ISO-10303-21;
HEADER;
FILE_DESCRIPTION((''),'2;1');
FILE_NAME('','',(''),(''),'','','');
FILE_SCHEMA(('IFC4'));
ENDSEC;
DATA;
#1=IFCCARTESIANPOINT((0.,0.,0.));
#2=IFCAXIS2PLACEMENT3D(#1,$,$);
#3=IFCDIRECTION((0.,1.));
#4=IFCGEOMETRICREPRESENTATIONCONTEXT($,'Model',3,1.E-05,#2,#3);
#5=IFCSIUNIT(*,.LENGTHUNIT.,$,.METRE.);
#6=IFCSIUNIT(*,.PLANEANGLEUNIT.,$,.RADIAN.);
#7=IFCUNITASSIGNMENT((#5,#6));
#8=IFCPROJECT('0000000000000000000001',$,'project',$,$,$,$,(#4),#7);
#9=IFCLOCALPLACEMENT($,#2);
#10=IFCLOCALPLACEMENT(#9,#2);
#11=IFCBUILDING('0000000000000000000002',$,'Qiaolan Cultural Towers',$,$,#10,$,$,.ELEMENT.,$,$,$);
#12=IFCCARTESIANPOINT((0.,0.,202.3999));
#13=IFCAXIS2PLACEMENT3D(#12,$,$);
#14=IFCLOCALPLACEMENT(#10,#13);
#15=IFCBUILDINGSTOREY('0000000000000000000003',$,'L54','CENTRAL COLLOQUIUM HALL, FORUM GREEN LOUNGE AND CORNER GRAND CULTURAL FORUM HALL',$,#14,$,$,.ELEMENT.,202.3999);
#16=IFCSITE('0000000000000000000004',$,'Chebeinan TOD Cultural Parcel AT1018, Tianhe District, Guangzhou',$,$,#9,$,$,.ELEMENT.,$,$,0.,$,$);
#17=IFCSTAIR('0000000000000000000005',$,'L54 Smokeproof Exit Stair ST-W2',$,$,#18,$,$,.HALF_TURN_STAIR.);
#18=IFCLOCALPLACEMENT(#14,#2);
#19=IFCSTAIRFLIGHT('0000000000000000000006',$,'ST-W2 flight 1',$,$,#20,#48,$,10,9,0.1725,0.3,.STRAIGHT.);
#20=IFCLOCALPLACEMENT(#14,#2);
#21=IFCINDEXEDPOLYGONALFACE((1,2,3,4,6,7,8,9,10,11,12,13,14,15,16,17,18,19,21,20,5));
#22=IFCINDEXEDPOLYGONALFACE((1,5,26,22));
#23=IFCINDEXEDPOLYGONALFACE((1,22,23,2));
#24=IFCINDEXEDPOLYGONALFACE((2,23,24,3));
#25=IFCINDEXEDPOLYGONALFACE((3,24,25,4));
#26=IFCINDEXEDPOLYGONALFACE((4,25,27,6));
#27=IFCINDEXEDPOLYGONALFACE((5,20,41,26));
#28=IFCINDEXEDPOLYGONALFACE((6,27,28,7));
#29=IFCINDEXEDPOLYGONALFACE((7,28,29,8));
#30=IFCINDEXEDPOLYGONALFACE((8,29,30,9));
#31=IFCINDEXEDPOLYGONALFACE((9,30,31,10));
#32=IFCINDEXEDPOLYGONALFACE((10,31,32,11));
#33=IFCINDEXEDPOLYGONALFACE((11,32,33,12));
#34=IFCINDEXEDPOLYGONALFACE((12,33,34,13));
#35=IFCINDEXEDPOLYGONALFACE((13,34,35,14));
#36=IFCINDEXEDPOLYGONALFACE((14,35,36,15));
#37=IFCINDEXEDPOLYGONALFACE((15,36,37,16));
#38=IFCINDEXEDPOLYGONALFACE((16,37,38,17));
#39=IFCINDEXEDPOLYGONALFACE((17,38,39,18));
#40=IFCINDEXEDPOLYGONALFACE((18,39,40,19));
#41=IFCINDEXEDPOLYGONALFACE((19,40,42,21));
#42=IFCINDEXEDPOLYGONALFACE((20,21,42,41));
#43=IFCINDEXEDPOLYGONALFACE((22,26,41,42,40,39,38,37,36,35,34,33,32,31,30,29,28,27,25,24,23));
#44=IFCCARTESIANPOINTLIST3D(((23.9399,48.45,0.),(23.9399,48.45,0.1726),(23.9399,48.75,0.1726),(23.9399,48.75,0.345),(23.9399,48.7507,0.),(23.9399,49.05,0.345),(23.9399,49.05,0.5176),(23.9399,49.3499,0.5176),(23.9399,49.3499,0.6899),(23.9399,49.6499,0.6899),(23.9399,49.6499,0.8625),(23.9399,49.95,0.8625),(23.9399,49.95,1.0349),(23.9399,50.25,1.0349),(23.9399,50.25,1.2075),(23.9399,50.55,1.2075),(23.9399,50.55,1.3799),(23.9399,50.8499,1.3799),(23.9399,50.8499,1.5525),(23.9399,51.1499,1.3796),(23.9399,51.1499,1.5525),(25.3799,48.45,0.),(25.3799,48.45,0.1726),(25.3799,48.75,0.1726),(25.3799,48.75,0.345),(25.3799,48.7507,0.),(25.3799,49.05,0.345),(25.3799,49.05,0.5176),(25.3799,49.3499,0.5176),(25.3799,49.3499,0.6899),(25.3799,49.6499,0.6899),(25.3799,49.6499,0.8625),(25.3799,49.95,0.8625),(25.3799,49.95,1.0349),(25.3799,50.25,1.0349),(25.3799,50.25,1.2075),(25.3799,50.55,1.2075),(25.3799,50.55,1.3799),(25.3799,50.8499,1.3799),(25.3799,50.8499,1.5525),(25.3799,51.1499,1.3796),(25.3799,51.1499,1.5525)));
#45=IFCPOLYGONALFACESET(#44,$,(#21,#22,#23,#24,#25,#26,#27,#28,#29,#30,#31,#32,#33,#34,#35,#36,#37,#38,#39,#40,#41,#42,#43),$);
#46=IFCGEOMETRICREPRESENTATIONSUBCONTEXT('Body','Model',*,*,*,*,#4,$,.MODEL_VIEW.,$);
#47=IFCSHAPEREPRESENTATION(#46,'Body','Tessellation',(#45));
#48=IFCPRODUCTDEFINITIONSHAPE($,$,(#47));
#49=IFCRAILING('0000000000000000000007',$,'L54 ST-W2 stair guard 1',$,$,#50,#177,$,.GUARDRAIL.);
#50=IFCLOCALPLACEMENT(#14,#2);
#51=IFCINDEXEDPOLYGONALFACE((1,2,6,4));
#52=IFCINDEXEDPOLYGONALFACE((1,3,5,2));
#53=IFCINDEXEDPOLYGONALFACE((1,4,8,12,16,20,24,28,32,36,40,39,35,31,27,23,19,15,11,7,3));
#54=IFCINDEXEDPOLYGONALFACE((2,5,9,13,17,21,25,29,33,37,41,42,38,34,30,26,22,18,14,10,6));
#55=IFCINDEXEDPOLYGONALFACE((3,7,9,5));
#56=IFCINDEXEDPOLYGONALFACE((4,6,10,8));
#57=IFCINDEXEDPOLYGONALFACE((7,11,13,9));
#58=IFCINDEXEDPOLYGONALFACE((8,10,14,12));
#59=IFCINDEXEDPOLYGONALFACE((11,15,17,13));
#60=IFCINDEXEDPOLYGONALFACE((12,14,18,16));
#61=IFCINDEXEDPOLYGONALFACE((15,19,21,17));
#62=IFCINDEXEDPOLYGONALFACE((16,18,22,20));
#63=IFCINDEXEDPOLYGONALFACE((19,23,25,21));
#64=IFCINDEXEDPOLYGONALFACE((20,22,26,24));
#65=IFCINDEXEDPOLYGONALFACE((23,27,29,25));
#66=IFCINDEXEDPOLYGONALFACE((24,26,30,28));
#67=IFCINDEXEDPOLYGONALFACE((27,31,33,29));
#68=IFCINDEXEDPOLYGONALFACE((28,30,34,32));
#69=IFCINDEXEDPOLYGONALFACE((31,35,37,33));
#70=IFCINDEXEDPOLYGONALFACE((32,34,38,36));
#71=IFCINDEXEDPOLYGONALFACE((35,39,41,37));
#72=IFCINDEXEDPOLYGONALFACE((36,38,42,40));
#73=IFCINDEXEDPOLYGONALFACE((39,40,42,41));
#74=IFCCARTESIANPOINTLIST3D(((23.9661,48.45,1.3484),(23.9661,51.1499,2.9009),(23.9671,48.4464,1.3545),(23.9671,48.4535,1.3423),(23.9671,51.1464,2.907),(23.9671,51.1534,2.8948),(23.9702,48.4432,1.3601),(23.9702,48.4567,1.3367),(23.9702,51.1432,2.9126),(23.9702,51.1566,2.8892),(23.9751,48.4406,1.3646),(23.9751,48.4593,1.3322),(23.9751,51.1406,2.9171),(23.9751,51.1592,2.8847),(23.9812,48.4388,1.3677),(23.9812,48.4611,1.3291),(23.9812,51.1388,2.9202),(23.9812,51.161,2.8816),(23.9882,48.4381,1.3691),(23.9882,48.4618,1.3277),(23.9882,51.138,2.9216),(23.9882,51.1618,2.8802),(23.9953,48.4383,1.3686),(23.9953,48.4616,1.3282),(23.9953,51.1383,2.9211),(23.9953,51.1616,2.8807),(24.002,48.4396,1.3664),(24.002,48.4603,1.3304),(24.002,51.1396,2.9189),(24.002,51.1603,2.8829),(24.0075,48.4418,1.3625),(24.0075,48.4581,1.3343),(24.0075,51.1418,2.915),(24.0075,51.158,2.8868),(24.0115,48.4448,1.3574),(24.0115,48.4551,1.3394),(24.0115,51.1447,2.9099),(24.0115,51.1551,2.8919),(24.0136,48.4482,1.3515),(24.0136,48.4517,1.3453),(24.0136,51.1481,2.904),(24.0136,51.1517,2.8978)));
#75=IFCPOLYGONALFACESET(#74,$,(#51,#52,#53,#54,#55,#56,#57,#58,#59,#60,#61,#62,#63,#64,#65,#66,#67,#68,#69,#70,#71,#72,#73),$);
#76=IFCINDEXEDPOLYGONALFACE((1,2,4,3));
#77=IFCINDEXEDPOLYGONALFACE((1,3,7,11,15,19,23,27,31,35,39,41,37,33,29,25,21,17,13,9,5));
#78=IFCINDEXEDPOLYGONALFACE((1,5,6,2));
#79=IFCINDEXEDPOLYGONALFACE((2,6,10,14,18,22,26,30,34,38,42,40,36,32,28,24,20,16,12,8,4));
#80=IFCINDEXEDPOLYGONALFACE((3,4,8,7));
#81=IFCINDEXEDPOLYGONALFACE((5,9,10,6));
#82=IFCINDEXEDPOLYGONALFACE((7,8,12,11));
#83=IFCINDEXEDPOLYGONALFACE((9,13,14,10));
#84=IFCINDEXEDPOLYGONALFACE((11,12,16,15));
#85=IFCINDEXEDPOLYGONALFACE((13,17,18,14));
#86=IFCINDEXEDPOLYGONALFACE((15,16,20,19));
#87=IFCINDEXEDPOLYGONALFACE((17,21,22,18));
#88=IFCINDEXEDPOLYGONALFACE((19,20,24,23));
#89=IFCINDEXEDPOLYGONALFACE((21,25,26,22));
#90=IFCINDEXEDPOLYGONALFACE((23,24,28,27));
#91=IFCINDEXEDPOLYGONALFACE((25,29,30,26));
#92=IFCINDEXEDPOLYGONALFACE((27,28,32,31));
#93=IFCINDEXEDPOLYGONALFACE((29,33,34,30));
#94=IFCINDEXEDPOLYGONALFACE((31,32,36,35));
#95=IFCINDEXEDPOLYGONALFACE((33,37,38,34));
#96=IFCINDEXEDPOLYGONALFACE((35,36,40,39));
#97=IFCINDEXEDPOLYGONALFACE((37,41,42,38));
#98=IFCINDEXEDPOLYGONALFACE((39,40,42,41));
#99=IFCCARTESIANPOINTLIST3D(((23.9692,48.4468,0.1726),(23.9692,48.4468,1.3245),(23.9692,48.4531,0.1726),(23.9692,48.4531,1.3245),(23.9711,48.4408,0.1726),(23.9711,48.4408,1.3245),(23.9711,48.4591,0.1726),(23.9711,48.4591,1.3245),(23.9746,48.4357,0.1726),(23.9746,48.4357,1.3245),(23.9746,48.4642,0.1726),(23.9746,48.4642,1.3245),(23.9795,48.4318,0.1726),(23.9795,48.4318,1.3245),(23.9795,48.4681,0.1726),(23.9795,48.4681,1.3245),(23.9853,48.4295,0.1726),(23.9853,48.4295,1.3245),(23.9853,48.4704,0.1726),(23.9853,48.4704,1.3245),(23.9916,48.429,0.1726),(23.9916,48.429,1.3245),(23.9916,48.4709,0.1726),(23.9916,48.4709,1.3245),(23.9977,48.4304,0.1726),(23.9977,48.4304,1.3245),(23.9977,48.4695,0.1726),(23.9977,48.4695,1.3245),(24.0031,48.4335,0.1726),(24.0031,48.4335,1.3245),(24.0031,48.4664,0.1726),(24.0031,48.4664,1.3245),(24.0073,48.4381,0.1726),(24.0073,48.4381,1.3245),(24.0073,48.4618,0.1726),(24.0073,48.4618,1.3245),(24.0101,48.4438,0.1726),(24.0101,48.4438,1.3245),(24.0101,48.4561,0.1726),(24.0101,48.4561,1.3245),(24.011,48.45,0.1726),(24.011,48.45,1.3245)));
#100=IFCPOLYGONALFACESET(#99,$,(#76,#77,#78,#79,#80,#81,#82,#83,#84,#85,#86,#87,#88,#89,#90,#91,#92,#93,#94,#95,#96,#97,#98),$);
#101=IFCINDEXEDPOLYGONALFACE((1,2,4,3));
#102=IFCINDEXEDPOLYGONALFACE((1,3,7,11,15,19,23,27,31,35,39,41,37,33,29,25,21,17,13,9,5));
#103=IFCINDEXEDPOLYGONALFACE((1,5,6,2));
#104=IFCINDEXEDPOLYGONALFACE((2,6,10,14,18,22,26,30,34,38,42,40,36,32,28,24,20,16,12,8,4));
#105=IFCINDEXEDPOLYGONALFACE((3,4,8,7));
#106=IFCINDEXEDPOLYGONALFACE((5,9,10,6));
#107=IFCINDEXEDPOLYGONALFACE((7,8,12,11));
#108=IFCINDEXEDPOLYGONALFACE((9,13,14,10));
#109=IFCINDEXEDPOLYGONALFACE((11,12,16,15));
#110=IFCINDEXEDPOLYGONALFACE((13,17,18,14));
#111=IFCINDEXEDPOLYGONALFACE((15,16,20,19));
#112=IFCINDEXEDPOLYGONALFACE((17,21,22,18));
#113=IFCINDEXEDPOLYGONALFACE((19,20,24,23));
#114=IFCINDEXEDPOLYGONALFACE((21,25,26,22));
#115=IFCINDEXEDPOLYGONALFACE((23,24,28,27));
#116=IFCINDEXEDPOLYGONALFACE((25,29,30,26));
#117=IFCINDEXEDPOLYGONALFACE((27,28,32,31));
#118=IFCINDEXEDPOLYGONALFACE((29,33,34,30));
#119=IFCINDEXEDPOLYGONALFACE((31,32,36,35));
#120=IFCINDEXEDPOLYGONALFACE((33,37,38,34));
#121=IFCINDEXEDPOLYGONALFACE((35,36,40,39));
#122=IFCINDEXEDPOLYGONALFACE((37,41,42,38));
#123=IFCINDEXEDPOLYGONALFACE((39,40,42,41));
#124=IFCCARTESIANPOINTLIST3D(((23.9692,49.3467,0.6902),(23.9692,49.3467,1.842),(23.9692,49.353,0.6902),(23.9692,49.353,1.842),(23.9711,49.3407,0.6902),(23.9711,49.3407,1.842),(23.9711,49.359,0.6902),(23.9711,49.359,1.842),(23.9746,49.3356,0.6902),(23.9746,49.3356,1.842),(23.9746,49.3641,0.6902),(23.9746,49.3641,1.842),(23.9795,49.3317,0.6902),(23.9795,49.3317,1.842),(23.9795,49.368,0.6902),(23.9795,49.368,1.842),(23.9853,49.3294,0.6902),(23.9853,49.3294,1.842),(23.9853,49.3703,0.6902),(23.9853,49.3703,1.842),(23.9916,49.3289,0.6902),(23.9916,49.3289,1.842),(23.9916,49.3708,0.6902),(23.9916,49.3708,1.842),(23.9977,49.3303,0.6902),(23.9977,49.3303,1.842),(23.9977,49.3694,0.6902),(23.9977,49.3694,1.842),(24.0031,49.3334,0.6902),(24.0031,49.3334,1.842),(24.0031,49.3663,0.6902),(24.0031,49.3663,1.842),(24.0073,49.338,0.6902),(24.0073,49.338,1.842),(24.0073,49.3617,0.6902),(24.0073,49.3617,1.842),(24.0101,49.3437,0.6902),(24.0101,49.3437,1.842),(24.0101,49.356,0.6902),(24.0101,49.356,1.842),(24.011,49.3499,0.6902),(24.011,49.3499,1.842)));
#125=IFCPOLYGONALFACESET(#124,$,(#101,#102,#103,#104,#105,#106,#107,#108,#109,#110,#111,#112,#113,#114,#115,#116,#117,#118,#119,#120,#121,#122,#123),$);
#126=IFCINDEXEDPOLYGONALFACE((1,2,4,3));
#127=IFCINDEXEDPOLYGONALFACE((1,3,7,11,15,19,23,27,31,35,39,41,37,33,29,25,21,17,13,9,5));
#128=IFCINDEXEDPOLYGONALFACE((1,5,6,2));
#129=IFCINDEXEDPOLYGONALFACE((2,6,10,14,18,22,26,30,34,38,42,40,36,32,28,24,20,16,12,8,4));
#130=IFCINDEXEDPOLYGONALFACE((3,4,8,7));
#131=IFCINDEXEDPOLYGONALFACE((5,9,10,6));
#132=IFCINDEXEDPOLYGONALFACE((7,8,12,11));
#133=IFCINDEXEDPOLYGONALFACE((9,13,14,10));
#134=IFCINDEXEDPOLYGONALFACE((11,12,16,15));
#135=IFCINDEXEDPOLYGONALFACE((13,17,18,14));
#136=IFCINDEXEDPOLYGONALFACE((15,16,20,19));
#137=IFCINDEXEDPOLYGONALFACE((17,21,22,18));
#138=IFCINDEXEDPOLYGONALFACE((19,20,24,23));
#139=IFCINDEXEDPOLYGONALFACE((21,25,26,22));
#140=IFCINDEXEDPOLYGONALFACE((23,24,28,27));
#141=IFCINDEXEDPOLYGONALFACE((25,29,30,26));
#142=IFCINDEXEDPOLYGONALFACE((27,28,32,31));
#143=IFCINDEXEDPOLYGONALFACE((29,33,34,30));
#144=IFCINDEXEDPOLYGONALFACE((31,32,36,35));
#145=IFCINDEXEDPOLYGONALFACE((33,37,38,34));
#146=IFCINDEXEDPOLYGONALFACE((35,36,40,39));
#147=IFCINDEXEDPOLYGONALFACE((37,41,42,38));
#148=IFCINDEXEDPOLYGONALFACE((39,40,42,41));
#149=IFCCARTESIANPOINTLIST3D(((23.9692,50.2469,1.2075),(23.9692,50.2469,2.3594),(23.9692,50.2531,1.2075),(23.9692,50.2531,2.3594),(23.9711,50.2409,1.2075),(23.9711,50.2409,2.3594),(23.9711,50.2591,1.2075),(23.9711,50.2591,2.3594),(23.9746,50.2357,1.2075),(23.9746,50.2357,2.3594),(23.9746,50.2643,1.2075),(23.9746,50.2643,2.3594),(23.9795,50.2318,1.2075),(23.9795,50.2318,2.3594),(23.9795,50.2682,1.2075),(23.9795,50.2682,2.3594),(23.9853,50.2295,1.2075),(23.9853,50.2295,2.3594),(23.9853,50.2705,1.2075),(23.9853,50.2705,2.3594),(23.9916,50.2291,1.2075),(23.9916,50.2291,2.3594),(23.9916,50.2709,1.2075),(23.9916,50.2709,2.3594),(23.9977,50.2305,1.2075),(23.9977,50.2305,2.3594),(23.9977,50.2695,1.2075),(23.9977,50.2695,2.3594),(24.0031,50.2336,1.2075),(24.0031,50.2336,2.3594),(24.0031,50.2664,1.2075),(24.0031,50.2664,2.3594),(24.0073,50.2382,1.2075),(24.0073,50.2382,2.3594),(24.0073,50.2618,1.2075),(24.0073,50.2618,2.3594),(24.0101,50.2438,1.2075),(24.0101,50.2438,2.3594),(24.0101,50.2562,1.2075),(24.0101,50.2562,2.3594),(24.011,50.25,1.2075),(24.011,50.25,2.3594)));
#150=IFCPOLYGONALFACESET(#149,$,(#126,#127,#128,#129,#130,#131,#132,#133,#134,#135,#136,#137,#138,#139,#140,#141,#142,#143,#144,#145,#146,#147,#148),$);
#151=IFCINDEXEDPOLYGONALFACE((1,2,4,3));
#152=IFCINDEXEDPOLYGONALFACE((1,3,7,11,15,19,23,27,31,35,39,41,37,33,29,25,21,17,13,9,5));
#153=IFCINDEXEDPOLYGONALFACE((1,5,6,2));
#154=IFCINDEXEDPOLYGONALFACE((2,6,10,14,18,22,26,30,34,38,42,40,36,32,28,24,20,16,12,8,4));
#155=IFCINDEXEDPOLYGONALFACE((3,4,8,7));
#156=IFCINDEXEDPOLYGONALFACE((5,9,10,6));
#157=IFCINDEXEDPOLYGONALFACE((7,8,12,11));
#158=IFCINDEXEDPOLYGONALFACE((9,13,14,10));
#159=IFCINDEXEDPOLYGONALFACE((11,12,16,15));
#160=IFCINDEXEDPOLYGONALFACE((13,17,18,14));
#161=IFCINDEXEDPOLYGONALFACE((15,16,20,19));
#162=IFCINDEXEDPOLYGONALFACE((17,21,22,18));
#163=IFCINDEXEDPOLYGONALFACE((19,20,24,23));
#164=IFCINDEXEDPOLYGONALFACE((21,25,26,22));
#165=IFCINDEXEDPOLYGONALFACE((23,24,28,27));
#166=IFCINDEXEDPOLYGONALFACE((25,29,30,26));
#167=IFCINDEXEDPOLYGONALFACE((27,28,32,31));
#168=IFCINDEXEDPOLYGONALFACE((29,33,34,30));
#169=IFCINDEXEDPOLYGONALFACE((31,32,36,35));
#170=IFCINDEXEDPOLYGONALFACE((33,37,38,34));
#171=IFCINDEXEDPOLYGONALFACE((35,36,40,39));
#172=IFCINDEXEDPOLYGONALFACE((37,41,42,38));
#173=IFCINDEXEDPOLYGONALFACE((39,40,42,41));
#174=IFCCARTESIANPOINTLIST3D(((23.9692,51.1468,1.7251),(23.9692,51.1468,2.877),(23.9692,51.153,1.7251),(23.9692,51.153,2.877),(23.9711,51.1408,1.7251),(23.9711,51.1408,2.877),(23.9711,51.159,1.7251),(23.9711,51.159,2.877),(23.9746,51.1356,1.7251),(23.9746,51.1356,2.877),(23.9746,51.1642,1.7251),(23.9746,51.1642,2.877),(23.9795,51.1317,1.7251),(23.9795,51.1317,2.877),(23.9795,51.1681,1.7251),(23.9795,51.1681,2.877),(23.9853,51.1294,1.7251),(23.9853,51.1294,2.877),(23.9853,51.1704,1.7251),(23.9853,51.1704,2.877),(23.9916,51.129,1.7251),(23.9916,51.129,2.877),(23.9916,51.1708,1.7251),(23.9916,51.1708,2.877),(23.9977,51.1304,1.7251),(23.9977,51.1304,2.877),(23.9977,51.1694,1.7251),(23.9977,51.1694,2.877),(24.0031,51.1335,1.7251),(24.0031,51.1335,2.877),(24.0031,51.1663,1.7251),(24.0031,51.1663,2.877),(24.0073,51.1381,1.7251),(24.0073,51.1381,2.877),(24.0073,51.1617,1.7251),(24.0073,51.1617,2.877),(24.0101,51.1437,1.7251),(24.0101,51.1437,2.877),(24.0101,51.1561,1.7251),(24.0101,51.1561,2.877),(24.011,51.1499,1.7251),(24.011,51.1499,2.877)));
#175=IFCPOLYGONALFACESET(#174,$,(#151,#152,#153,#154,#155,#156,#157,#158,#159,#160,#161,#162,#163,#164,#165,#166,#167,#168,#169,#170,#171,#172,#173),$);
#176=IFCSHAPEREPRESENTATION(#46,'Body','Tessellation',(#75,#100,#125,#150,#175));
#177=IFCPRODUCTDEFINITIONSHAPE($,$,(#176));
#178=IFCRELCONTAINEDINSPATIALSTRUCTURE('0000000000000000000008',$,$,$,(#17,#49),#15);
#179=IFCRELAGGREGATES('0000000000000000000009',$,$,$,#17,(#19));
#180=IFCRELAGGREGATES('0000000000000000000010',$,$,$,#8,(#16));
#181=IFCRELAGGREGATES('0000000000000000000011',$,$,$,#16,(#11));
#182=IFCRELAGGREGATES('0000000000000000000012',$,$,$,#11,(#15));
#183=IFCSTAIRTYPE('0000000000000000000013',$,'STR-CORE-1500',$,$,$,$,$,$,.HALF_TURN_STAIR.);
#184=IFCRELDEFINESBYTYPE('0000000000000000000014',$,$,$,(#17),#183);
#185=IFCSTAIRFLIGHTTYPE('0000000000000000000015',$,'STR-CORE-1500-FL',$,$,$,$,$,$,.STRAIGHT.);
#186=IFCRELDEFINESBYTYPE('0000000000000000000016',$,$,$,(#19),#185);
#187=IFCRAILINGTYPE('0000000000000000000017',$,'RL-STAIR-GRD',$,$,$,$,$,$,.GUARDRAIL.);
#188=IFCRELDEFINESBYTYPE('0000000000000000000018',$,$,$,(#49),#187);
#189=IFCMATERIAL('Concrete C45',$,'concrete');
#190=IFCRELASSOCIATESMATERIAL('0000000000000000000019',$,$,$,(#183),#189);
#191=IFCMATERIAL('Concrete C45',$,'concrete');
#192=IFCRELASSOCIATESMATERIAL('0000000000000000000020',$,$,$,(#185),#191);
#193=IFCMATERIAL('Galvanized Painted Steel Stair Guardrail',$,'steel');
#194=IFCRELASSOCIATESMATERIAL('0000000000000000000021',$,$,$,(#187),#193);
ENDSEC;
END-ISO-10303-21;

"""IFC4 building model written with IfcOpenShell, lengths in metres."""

from ifc_helpers import new_model, si_unit, direction, frame, origin, origin_2d, place, context, subcontext, project, spatial, polyline, circle, outline, extrude, material, type_object, element, aggregate, save


model = new_model("IFC4")

# Units and contexts
model_context = context("Model", 3, precision=1e-05, world=origin(), true_north=direction((0.0, 1.0)))
body_context = subcontext(model_context, "Body", "Model", "MODEL_VIEW")
ifc_project = project(units=[si_unit("LENGTHUNIT", "METRE"), si_unit("PLANEANGLEUNIT", "RADIAN")], contexts=[model_context])

# Site, building, storey
site_placement = place(None, origin())
site = spatial("IfcSite", under=ifc_project, at=site_placement, Name="Chebeinan TOD Cultural Parcel AT1018, Tianhe District, Guangzhou", CompositionType="ELEMENT", RefElevation=0.0)
building_placement = place(site_placement, origin())
building = spatial("IfcBuilding", under=site, at=building_placement, Name="Qiaolan Cultural Towers", CompositionType="ELEMENT")
storey_placement = place(building_placement, frame((0.0, 0.0, 202.3999)))
storey = spatial("IfcBuildingStorey", under=building, at=storey_placement, Name="L54", Description="CENTRAL COLLOQUIUM HALL, FORUM GREEN LOUNGE AND CORNER GRAND CULTURAL FORUM HALL", CompositionType="ELEMENT", Elevation=202.3999)

# Stair, stair flight
ifc_material_1 = material(Name="Concrete C45", Category="concrete")
stair_type = type_object("IfcStairType", Name="STR-CORE-1500", PredefinedType="HALF_TURN_STAIR", material=ifc_material_1)
stair_placement = place(storey_placement, origin())
stair = element("IfcStair", 1, at=stair_placement, inside=storey, type_object=stair_type, Name="L54 Smokeproof Exit Stair ST-W2", PredefinedType="HALF_TURN_STAIR")
ifc_material_2 = material(Name="Concrete C45", Category="concrete")
stair_flight_type = type_object("IfcStairFlightType", Name="STR-CORE-1500-FL", PredefinedType="STRAIGHT", material=ifc_material_2)
stair_flight_placement = place(storey_placement, frame((24.6599, 48.45, 0.0), z_axis=(0.0, 0.0, 1.0), x_axis=(0.0, 1.0, 0.0)))
stair_flight = element("IfcStairFlight", 2, at=stair_flight_placement, type_object=stair_flight_type, Name="ST-W2 flight 1", NumberOfRisers=10, NumberOfTreads=9, PredefinedType="STRAIGHT", RiserHeight=0.1725, TreadLength=0.3, context=body_context, shape_type="SweptSolid", body=[
    extrude(outline(polyline([(0.0, 0.0), (0.0, 0.1726), (0.3, 0.1726), (0.3, 0.345), (0.6001, 0.345), (0.6001, 0.5176), (0.8999, 0.5176), (0.8999, 0.6899), (1.2, 0.6899), (1.2, 0.8625), (1.5, 0.8625), (1.5, 1.0349), (1.8, 1.0349), (1.8, 1.2075), (2.1001, 1.2075), (2.1001, 1.3799), (2.3999, 1.3799), (2.3999, 1.5525), (2.7, 1.5525), (2.7, 1.7251), (2.7, 1.3796), (0.3008, 0.0), (0.0, 0.0)])), frame((0.0, 0.72, 0.0), z_axis=(0.0, -1.0, 0.0), x_axis=(1.0, 0.0, 0.0)), (0.0, 0.0, 1.0), 1.4399),
])
aggregate(stair, [stair_flight])

# Railing
ifc_material_3 = material(Name="Galvanized Painted Steel Stair Guardrail", Category="steel")
railing_type_1 = type_object("IfcRailingType", Name="RL-STAIR-GRD", PredefinedType="GUARDRAIL", material=ifc_material_3)
railing_1_placement = place(storey_placement, frame((23.99, 48.45, 0.1726)))
element("IfcRailing", 3, at=railing_1_placement, inside=storey, type_object=railing_type_1, Name="L54 ST-W2 stair guard 1", PredefinedType="GUARDRAIL", context=body_context, shape_type="SweptSolid", body=[
    extrude(circle(Radius=0.0239, at=origin_2d()), frame((0.0, 0.0, 1.1758), z_axis=(0.0, 0.866904, 0.498476), x_axis=(-1.0, 0.0, 0.0)), (0.0, 0.0, 1.0), 3.1145),
    extrude(circle(Radius=0.021, at=origin_2d()), origin(), (0.0, 0.0, 1.0), 1.1519),
    extrude(circle(Radius=0.021, at=origin_2d()), frame((0.0, 0.8999, 0.5176)), (0.0, 0.0, 1.0), 1.1519),
    extrude(circle(Radius=0.021, at=origin_2d()), frame((0.0, 1.8, 1.0349)), (0.0, 0.0, 1.0), 1.1519),
    extrude(circle(Radius=0.021, at=origin_2d()), frame((0.0, 2.7, 1.5525)), (0.0, 0.0, 1.0), 1.1519),
])

save(model, "model.ifc")
